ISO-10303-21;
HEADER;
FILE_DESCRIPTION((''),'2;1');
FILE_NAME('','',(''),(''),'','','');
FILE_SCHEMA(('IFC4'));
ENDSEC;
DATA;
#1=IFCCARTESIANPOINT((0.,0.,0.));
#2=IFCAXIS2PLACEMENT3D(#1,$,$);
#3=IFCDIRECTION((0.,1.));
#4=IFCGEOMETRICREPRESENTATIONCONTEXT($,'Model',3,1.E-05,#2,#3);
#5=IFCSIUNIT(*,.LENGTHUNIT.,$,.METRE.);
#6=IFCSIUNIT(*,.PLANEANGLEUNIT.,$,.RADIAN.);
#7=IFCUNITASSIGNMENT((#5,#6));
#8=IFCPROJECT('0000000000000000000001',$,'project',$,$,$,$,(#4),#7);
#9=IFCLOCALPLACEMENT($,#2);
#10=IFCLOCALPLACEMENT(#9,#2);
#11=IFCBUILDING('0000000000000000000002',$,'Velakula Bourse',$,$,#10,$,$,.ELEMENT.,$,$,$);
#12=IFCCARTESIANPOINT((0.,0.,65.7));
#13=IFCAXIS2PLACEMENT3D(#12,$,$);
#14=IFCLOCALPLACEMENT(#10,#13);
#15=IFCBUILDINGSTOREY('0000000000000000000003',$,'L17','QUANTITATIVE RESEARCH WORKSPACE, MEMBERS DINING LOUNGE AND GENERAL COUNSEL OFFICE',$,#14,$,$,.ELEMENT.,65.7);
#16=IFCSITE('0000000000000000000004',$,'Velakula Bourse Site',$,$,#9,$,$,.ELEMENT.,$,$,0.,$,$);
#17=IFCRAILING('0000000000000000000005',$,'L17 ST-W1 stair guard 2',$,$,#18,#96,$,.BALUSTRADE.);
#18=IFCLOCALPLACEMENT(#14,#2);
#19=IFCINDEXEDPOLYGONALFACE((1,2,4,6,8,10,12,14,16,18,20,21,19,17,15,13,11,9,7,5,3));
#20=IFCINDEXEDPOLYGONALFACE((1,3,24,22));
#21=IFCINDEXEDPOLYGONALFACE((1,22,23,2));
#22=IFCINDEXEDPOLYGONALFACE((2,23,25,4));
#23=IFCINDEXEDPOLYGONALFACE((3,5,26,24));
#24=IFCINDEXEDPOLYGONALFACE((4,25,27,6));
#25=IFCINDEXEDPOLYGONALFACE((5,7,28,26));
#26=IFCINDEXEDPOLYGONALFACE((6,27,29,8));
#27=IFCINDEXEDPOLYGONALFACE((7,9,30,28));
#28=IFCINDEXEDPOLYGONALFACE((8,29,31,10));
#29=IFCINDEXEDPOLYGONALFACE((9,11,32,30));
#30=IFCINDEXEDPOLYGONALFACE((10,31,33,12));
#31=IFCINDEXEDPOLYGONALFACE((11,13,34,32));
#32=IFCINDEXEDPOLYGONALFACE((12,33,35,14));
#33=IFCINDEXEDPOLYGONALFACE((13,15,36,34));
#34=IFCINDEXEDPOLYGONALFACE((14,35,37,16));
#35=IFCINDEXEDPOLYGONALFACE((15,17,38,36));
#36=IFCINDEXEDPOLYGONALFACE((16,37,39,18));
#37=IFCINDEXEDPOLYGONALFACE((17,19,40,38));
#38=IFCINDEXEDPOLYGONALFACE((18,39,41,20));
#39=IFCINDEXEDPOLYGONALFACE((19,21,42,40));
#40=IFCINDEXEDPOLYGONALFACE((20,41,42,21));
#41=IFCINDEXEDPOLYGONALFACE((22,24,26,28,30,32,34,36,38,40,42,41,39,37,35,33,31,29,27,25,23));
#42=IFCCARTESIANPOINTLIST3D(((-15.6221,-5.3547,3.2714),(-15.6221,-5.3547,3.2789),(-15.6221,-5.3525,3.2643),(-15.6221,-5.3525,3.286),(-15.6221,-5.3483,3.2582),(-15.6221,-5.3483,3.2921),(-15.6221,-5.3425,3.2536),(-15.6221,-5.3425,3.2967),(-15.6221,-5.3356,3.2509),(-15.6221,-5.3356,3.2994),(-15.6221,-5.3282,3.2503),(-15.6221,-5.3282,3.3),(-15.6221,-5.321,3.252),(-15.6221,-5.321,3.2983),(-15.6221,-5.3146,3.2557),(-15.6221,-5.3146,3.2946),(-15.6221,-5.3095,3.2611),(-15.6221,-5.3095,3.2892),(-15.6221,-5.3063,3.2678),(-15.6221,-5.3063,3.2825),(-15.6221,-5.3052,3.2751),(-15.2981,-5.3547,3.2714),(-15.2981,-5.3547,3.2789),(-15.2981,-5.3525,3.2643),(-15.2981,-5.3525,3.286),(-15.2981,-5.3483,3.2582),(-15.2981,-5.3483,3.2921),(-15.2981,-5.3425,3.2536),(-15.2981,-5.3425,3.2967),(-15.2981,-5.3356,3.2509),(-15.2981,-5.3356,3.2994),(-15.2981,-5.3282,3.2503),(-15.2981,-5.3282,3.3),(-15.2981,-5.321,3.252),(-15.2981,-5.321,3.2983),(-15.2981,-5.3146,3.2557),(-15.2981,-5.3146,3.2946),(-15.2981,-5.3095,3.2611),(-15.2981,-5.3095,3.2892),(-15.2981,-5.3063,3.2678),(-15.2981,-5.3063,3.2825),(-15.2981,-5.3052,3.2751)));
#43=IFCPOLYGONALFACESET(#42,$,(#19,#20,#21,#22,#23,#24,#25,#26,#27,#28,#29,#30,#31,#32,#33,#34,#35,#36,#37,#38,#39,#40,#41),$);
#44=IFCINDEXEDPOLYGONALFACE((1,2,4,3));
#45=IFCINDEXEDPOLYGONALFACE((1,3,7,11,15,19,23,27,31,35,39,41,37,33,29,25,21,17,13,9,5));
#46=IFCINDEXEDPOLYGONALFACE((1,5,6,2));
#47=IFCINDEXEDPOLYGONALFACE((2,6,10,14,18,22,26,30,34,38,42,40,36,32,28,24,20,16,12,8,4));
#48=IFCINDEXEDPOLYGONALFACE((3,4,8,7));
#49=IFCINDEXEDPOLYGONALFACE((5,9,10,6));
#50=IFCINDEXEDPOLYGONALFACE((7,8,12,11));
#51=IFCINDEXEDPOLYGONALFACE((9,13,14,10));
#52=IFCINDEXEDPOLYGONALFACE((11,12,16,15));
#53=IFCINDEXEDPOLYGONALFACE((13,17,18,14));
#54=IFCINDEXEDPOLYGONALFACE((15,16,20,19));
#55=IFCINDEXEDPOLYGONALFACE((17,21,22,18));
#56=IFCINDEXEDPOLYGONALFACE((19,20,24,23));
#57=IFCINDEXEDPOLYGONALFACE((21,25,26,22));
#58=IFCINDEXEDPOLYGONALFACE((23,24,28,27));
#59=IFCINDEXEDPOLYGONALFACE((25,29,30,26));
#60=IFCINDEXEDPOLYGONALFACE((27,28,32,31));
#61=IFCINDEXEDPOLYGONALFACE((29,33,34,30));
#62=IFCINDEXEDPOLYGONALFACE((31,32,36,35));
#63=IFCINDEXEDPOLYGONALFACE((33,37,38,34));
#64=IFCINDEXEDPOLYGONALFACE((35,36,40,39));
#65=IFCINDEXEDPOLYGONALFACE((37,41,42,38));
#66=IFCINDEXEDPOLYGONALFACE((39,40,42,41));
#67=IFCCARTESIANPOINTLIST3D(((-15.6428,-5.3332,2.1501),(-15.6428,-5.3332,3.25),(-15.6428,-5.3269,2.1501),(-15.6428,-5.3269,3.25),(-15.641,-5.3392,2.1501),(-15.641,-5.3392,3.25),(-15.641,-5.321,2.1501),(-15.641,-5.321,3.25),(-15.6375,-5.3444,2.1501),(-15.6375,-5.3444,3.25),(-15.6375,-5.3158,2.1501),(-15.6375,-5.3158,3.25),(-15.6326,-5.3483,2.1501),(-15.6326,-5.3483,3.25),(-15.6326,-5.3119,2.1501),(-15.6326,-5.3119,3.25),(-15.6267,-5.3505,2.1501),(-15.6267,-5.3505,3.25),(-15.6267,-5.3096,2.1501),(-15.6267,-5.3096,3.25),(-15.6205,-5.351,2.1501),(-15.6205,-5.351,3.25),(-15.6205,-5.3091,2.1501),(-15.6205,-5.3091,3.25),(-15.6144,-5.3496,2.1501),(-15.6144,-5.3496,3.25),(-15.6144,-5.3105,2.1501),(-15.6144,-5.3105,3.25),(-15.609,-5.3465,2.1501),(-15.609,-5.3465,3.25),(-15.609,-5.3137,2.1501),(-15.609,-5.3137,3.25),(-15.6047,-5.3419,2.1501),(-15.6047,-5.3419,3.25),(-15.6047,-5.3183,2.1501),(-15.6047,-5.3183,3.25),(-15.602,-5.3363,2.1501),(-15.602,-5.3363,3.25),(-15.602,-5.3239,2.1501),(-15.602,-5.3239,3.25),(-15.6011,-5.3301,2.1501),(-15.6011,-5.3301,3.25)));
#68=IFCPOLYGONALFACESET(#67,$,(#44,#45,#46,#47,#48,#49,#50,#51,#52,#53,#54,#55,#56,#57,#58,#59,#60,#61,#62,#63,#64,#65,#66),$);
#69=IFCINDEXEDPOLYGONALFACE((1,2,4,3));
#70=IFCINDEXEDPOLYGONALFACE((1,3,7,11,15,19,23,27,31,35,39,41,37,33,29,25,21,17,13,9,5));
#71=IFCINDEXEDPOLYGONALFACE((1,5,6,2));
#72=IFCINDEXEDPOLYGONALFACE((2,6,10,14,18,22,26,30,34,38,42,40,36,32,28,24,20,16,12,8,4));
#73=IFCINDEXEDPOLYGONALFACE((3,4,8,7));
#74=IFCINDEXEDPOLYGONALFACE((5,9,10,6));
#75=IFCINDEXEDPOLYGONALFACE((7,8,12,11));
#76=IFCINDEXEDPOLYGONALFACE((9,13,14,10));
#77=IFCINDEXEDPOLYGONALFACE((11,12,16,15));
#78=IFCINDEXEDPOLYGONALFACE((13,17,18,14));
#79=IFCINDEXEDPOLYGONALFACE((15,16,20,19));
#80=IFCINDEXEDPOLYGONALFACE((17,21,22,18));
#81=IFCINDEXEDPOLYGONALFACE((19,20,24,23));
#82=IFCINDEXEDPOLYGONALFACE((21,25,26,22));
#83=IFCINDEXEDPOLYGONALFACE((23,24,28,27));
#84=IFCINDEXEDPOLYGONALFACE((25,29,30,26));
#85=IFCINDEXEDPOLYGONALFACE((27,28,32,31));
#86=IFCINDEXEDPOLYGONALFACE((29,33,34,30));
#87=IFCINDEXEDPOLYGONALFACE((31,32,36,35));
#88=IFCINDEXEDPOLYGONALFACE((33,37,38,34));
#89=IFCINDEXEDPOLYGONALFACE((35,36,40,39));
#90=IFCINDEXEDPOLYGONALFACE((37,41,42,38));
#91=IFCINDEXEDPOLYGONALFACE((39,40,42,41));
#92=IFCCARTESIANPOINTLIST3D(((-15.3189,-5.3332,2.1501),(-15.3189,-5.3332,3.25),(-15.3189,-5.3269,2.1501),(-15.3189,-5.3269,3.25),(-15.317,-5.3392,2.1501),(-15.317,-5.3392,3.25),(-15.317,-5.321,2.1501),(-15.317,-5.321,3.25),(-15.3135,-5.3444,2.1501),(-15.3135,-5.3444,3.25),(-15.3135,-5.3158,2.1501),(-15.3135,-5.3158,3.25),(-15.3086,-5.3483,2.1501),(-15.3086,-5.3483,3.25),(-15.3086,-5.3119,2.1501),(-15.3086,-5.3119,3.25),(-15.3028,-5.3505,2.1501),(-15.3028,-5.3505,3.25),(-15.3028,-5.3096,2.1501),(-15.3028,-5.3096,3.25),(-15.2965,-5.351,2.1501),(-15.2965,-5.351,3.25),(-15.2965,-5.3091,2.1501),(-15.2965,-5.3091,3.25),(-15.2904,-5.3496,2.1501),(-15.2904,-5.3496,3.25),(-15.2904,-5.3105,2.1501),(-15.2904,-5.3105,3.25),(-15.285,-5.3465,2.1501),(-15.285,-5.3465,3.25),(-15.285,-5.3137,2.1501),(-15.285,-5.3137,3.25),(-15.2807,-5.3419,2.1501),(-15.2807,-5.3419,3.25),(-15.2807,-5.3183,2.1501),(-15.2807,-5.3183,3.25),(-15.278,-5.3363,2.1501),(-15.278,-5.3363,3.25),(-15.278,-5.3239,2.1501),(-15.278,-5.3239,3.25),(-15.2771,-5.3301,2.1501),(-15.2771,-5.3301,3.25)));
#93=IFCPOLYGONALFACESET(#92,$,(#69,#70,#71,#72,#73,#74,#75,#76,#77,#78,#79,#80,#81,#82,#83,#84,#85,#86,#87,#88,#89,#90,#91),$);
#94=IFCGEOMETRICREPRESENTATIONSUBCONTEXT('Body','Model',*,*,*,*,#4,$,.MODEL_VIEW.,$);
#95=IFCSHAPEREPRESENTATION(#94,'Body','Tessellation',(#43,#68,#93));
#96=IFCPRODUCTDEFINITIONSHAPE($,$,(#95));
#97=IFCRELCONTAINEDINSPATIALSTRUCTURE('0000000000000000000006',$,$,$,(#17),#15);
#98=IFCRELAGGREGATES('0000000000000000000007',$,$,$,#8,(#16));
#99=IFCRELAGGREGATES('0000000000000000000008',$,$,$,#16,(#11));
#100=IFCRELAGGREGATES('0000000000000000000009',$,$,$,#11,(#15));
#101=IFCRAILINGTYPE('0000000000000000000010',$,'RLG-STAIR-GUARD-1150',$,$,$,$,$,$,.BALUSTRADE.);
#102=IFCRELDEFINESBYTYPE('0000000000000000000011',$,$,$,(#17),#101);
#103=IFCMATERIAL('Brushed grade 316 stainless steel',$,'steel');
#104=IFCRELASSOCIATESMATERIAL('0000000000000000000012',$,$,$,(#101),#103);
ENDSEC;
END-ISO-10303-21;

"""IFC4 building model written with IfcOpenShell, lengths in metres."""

from ifc_helpers import new_model, si_unit, direction, frame, origin, origin_2d, place, context, subcontext, project, spatial, circle, extrude, material, type_object, element, save


model = new_model("IFC4")

# Units and contexts
model_context = context("Model", 3, precision=1e-05, world=origin(), true_north=direction((0.0, 1.0)))
body_context = subcontext(model_context, "Body", "Model", "MODEL_VIEW")
ifc_project = project(units=[si_unit("LENGTHUNIT", "METRE"), si_unit("PLANEANGLEUNIT", "RADIAN")], contexts=[model_context])

# Site, building, storey
site_placement = place(None, origin())
site = spatial("IfcSite", under=ifc_project, at=site_placement, Name="Velakula Bourse Site", CompositionType="ELEMENT", RefElevation=0.0)
building_placement = place(site_placement, origin())
building = spatial("IfcBuilding", under=site, at=building_placement, Name="Velakula Bourse", CompositionType="ELEMENT")
storey_placement = place(building_placement, frame((0.0, 0.0, 65.7)))
storey = spatial("IfcBuildingStorey", under=building, at=storey_placement, Name="L17", Description="QUANTITATIVE RESEARCH WORKSPACE, MEMBERS DINING LOUNGE AND GENERAL COUNSEL OFFICE", CompositionType="ELEMENT", Elevation=65.7)

# Shared definitions
ifc_material_1 = material(Name="Brushed grade 316 stainless steel", Category="steel")

# Railing
railing_type_1 = type_object("IfcRailingType", Name="RLG-STAIR-GUARD-1150", PredefinedType="BALUSTRADE", material=ifc_material_1)
railing_1_placement = place(storey_placement, frame((-15.6221, -5.3301, 2.1501)))
element("IfcRailing", 1, at=railing_1_placement, inside=storey, type_object=railing_type_1, Name="L17 ST-W1 stair guard 2", PredefinedType="BALUSTRADE", context=body_context, shape_type="SweptSolid", body=[
    extrude(circle(Radius=0.0249, at=origin_2d()), frame((0.0, 0.0, 1.125), z_axis=(1.0, 0.0, 0.0), x_axis=(0.0, 1.0, 0.0)), (0.0, 0.0, 1.0), 0.324),
    extrude(circle(Radius=0.021, at=origin_2d()), origin(), (0.0, 0.0, 1.0), 1.0999),
    extrude(circle(Radius=0.021, at=origin_2d()), frame((0.324, 0.0, 0.0)), (0.0, 0.0, 1.0), 1.0999),
])

save(model, "model.ifc")
